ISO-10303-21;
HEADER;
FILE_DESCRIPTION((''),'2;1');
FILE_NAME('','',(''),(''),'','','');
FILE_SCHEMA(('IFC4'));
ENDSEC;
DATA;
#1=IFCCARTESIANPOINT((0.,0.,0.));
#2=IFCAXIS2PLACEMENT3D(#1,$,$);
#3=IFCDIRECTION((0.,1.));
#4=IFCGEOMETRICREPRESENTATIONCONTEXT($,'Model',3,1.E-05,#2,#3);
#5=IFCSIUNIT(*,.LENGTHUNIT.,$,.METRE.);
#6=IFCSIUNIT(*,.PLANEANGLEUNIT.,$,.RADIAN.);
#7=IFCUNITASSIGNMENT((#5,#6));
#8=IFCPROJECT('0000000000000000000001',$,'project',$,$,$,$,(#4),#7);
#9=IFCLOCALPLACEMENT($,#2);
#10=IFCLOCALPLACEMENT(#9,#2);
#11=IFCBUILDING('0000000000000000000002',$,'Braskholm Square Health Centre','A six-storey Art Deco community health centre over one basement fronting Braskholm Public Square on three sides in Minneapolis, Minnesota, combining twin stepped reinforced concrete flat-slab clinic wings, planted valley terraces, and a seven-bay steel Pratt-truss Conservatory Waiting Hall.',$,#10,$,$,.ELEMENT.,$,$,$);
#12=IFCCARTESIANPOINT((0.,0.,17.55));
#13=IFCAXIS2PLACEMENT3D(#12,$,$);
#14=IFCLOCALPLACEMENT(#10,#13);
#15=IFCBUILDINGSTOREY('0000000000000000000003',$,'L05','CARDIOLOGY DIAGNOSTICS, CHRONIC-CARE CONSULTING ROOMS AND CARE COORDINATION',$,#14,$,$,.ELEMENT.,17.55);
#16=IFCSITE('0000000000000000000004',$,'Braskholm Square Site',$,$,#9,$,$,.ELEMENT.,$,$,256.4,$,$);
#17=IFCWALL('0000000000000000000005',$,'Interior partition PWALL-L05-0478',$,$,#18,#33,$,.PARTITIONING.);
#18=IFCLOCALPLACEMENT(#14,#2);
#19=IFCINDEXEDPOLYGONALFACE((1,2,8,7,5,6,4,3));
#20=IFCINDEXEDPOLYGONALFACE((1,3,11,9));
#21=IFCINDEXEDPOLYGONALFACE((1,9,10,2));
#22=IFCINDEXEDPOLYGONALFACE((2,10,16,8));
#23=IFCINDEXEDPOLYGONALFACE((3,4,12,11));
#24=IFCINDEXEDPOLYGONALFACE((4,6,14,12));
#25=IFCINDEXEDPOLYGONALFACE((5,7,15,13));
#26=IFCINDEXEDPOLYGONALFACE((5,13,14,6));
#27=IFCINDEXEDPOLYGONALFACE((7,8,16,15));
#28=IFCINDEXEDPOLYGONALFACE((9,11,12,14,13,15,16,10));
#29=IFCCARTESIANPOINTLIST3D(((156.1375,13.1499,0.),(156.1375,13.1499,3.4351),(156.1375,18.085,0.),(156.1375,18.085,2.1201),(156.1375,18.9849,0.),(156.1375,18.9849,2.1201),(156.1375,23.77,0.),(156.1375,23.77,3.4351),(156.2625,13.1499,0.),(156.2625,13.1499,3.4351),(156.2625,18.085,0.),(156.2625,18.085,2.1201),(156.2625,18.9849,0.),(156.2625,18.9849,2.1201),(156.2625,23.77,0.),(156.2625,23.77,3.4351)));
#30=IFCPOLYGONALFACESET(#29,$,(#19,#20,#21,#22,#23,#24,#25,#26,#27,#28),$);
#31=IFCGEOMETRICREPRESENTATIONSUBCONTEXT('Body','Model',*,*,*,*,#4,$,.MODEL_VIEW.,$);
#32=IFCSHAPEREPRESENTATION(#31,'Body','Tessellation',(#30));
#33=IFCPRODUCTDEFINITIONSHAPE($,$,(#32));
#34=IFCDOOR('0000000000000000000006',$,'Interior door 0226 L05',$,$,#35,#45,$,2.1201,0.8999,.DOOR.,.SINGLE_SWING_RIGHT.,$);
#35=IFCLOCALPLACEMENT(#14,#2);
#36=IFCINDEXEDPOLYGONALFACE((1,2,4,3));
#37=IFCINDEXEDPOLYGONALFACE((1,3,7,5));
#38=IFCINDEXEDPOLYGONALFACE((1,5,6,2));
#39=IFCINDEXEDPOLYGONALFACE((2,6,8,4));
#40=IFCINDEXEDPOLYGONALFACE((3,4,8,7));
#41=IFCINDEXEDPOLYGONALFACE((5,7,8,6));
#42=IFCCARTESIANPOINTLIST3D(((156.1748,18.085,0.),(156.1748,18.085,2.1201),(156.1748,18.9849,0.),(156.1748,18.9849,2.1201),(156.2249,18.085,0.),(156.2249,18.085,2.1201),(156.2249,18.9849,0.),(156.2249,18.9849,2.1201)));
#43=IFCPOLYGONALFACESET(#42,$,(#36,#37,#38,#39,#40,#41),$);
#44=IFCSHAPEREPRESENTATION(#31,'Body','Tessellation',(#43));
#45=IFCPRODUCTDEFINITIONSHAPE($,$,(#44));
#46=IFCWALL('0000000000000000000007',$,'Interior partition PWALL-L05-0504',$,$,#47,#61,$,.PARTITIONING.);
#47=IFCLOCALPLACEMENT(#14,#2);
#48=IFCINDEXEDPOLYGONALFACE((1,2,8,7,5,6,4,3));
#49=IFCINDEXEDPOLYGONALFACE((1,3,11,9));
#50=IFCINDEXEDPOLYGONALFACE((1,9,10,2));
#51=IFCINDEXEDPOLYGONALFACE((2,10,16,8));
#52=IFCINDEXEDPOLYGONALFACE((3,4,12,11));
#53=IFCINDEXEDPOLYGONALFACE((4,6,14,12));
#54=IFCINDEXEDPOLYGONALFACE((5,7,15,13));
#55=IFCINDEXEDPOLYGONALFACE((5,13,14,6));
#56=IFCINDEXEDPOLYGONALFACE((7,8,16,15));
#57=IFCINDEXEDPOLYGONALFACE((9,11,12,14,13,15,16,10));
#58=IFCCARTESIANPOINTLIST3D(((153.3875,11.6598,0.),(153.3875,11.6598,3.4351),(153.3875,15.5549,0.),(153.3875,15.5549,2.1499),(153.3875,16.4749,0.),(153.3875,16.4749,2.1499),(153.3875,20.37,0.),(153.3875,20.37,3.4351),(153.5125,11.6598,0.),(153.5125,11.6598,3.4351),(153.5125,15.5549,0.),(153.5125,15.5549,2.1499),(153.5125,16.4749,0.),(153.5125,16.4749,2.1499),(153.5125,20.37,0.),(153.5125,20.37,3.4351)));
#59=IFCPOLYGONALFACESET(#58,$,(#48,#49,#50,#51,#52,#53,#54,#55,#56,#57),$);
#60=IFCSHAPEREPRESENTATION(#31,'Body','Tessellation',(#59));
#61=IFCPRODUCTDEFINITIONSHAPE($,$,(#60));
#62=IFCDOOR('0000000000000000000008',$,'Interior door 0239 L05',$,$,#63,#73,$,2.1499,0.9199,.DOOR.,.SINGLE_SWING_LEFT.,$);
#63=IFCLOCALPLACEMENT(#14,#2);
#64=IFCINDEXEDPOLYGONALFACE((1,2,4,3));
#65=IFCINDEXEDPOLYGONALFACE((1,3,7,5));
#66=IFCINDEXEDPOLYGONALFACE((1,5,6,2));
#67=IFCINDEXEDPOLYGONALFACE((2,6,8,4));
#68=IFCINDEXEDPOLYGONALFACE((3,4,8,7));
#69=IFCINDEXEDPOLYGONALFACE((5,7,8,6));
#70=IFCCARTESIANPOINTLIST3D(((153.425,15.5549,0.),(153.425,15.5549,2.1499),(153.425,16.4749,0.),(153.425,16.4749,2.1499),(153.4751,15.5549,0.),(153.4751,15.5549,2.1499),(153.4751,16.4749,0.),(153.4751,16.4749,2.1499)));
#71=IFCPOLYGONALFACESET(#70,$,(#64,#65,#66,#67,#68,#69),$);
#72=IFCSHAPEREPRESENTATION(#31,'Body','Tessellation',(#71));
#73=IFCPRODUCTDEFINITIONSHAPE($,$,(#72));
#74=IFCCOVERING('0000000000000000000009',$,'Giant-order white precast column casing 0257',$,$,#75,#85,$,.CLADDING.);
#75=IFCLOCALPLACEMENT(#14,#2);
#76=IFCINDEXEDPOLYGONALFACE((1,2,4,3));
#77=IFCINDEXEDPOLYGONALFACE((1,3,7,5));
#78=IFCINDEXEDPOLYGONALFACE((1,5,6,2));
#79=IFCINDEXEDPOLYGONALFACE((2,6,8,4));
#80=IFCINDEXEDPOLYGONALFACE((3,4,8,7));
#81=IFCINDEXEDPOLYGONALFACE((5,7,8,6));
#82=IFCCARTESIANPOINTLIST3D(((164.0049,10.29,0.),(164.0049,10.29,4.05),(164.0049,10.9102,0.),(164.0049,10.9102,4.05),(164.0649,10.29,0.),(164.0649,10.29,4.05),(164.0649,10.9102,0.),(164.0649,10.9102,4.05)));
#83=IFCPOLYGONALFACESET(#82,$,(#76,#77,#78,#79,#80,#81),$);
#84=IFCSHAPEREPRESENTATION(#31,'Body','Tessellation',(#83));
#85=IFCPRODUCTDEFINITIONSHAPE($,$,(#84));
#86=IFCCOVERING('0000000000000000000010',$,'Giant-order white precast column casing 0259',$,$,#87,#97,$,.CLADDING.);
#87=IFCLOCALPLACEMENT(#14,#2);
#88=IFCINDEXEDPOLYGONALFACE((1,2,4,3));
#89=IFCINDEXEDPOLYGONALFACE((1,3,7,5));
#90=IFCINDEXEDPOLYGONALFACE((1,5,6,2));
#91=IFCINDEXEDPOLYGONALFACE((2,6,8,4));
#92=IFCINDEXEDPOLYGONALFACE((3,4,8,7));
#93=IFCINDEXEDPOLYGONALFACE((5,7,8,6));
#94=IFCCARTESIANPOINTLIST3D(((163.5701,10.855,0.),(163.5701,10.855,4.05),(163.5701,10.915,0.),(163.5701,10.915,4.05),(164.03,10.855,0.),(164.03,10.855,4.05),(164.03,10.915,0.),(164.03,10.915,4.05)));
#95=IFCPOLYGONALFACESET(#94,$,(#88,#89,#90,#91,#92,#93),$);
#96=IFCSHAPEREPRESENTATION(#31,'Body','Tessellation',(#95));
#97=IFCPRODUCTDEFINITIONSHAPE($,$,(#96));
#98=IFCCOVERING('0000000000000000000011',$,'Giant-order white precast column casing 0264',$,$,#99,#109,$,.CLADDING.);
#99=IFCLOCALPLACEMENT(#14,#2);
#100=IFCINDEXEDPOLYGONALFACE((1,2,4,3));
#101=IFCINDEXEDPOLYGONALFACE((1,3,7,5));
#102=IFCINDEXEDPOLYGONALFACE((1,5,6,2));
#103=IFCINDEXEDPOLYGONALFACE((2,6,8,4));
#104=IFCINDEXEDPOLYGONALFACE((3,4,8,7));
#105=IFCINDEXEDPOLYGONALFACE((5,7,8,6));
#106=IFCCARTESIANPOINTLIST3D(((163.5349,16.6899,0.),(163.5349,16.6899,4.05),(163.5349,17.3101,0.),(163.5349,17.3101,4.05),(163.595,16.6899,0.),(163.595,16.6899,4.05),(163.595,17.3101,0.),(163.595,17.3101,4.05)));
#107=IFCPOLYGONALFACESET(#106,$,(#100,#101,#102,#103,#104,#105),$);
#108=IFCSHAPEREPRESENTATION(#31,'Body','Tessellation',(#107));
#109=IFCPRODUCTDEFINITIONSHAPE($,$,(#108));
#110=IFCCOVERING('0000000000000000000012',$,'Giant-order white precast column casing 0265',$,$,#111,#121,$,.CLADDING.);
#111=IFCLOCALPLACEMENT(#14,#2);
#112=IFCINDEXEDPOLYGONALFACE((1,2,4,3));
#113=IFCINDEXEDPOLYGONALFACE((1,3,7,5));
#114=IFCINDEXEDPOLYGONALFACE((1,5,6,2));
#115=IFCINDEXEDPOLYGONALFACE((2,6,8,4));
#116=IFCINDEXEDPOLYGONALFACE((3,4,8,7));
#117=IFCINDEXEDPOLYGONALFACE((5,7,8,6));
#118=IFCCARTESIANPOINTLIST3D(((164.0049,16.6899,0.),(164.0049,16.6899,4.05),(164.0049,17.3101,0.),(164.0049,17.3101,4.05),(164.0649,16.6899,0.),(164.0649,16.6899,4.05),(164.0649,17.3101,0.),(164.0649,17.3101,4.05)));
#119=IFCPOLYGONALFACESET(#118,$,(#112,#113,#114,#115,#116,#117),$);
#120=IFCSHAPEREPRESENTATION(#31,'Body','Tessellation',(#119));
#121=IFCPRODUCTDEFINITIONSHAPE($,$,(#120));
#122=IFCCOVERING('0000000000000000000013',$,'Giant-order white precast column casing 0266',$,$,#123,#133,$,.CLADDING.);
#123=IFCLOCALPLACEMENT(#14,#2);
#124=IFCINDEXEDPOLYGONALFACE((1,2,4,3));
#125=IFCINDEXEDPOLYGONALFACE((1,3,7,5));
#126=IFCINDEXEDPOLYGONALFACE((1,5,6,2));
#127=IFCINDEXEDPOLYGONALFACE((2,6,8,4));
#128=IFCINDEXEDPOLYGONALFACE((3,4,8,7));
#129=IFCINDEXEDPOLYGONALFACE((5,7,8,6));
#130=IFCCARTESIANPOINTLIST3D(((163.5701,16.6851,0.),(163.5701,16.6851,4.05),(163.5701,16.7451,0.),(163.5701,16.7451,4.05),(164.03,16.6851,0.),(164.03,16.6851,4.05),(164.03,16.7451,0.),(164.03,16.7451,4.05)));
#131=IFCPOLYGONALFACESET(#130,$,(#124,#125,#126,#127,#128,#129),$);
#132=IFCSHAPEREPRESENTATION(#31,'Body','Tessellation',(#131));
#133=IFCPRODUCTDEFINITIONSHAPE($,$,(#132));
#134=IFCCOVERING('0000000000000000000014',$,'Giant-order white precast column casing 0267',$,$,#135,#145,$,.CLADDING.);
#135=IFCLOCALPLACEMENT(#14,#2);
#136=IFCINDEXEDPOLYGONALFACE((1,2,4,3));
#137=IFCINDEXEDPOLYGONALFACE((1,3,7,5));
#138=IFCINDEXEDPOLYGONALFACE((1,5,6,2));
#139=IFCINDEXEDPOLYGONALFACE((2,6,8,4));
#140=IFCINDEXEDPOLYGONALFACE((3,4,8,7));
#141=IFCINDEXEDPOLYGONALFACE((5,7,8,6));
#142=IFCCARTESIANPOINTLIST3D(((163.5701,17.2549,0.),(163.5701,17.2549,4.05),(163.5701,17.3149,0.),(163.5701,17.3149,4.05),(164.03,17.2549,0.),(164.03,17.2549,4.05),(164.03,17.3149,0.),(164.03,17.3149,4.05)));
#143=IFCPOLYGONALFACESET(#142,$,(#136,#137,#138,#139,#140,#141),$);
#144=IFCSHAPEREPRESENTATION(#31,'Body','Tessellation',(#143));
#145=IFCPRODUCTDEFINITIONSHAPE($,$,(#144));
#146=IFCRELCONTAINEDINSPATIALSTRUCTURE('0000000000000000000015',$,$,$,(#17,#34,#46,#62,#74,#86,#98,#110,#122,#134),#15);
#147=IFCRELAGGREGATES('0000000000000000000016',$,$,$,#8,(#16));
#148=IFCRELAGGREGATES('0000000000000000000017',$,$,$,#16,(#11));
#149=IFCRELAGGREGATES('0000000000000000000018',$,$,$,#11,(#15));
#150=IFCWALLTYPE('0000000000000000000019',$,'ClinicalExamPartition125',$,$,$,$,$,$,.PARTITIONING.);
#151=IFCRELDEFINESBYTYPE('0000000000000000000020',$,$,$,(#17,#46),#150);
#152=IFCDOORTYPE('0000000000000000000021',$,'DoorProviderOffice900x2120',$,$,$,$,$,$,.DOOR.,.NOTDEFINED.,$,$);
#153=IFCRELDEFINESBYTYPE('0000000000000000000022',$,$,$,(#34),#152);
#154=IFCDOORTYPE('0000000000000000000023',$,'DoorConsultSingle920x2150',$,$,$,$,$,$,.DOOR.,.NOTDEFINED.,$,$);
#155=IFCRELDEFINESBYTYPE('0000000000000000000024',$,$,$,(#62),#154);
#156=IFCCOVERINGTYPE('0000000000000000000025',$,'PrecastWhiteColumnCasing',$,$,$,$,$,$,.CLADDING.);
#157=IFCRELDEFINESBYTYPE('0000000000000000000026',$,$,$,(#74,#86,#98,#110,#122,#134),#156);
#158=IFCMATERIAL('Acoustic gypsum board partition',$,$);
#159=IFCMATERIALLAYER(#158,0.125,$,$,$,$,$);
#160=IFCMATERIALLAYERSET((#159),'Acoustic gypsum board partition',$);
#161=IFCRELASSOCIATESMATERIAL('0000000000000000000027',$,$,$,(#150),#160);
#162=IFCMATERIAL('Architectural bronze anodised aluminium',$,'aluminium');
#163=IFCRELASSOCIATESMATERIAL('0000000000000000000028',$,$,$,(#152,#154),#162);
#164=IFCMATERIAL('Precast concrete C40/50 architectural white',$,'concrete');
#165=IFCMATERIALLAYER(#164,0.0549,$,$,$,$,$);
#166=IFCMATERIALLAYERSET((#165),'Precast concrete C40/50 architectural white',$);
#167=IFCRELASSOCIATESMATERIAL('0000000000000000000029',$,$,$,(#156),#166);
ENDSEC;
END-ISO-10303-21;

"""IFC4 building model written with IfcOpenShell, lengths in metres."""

from ifc_helpers import new_model, si_unit, direction, frame, frame_2d, origin, origin_with_axes, origin_2d, place, context, subcontext, project, spatial, rectangle, extrude, material, layer, layer_set, type_object, element, fill, save


model = new_model("IFC4")

# Units and contexts
model_context = context("Model", 3, precision=1e-05, world=origin(), true_north=direction((0.0, 1.0)))
body_context = subcontext(model_context, "Body", "Model", "MODEL_VIEW")
ifc_project = project(units=[si_unit("LENGTHUNIT", "METRE"), si_unit("PLANEANGLEUNIT", "RADIAN")], contexts=[model_context])

# Site, building, storey
site_placement = place(None, origin())
site = spatial("IfcSite", under=ifc_project, at=site_placement, Name="Braskholm Square Site", CompositionType="ELEMENT", RefElevation=256.4)
building_placement = place(site_placement, origin())
building = spatial("IfcBuilding", under=site, at=building_placement, Name="Braskholm Square Health Centre", Description="A six-storey Art Deco community health centre over one basement fronting Braskholm Public Square on three sides in Minneapolis, Minnesota, combining twin stepped reinforced concrete flat-slab clinic wings, planted valley terraces, and a seven-bay steel Pratt-truss Conservatory Waiting Hall.", CompositionType="ELEMENT")
storey_placement = place(building_placement, frame((0.0, 0.0, 17.55)))
storey = spatial("IfcBuildingStorey", under=building, at=storey_placement, Name="L05", Description="CARDIOLOGY DIAGNOSTICS, CHRONIC-CARE CONSULTING ROOMS AND CARE COORDINATION", CompositionType="ELEMENT", Elevation=17.55)

# Shared definitions
ifc_material_1 = material(Name="Precast concrete C40/50 architectural white", Category="concrete")

# Shared definitions
ifc_material_2 = material(Name="Architectural bronze anodised aluminium", Category="aluminium")

# Shared definitions
ifc_material_3 = material(Name="Acoustic gypsum board partition")
ifc_layer_1 = layer(ifc_material_3, 0.125)
ifc_layer_set_1 = layer_set([ifc_layer_1], Name="Acoustic gypsum board partition")
wall_type = type_object("IfcWallType", Name="ClinicalExamPartition125", PredefinedType="PARTITIONING", material=ifc_layer_set_1)

# Walls, openings, doors
wall_1_placement = place(storey_placement, frame((156.2, 13.1499, 0.0), z_axis=(0.0, 0.0, 1.0), x_axis=(0.0, 1.0, 0.0)))
wall_1 = element("IfcWall", 1, at=wall_1_placement, inside=storey, type_object=wall_type, Name="Interior partition PWALL-L05-0478", PredefinedType="PARTITIONING", context=body_context, shape_type="SweptSolid", body=[
    extrude(rectangle(XDim=10.6201, YDim=0.125, at=frame_2d((5.3101, 0.0))), origin(), (0.0, 0.0, 1.0), 3.4351),
])
opening_1_placement = place(wall_1_placement, frame((4.9351, 0.0, 0.0)))
opening_1 = element("IfcOpeningElement", 2, at=opening_1_placement, cuts=wall_1, PredefinedType="OPENING", context=body_context, shape_type="SweptSolid", body=[
    extrude(rectangle(XDim=0.8999, YDim=2.1201, at=frame_2d((0.45, 1.0601))), frame((0.0, 0.0725, 0.0), z_axis=(0.0, -1.0, 0.0), x_axis=(1.0, 0.0, 0.0)), (0.0, 0.0, 1.0), 0.145),
])
door_type_1 = type_object("IfcDoorType", Name="DoorProviderOffice900x2120", OperationType="NOTDEFINED", PredefinedType="DOOR", material=ifc_material_2)
door_1_placement = place(opening_1_placement, frame((0.8999, 0.0, 0.0), z_axis=(0.0, 0.0, 1.0), x_axis=(-1.0, 0.0, 0.0)))
door_1 = element("IfcDoor", 3, at=door_1_placement, inside=storey, type_object=door_type_1, Name="Interior door 0226 L05", OperationType="SINGLE_SWING_RIGHT", OverallHeight=2.1201, OverallWidth=0.8999, PredefinedType="DOOR", context=body_context, shape_type="SweptSolid", body=[
    extrude(rectangle(XDim=0.8999, YDim=2.1201, at=frame_2d((0.45, 1.0601))), frame((0.0, 0.0249, 0.0), z_axis=(0.0, -1.0, 0.0), x_axis=(1.0, 0.0, 0.0)), (0.0, 0.0, 1.0), 0.05),
])
fill(opening_1, door_1)
wall_2_placement = place(storey_placement, frame((153.45, 11.6599, 0.0), z_axis=(0.0, 0.0, 1.0), x_axis=(0.0, 1.0, 0.0)))
wall_2 = element("IfcWall", 4, at=wall_2_placement, inside=storey, type_object=wall_type, Name="Interior partition PWALL-L05-0504", PredefinedType="PARTITIONING", context=body_context, shape_type="SweptSolid", body=[
    extrude(rectangle(XDim=8.7102, YDim=0.125, at=frame_2d((4.355, 0.0))), origin(), (0.0, 0.0, 1.0), 3.4351),
])
opening_2_placement = place(wall_2_placement, frame((3.895, 0.0, 0.0)))
opening_2 = element("IfcOpeningElement", 5, at=opening_2_placement, cuts=wall_2, PredefinedType="OPENING", context=body_context, shape_type="SweptSolid", body=[
    extrude(rectangle(XDim=0.9199, YDim=2.1499, at=frame_2d((0.46, 1.075))), frame((0.0, 0.0725, 0.0), z_axis=(0.0, -1.0, 0.0), x_axis=(1.0, 0.0, 0.0)), (0.0, 0.0, 1.0), 0.145),
])
door_type_2 = type_object("IfcDoorType", Name="DoorConsultSingle920x2150", OperationType="NOTDEFINED", PredefinedType="DOOR", material=ifc_material_2)
door_2_placement = place(opening_2_placement, origin_with_axes())
door_2 = element("IfcDoor", 6, at=door_2_placement, inside=storey, type_object=door_type_2, Name="Interior door 0239 L05", OperationType="SINGLE_SWING_LEFT", OverallHeight=2.1499, OverallWidth=0.9199, PredefinedType="DOOR", context=body_context, shape_type="SweptSolid", body=[
    extrude(rectangle(XDim=0.9199, YDim=2.1499, at=frame_2d((0.46, 1.075))), frame((0.0, 0.0249, 0.0), z_axis=(0.0, -1.0, 0.0), x_axis=(1.0, 0.0, 0.0)), (0.0, 0.0, 1.0), 0.05),
])
fill(opening_2, door_2)

# Coverings
ifc_layer_2 = layer(ifc_material_1, 0.0549)
ifc_layer_set_2 = layer_set([ifc_layer_2], Name="Precast concrete C40/50 architectural white")
covering_type = type_object("IfcCoveringType", Name="PrecastWhiteColumnCasing", PredefinedType="CLADDING", material=ifc_layer_set_2)
covering_1_placement = place(storey_placement, frame((164.0349, 10.6001, 0.0), z_axis=(0.0, 0.0, 1.0), x_axis=(1.0, 0.0, 0.0)))
element("IfcCovering", 7, at=covering_1_placement, inside=storey, type_object=covering_type, Name="Giant-order white precast column casing 0257", PredefinedType="CLADDING", context=body_context, shape_type="SweptSolid", body=[
    extrude(rectangle(XDim=0.0601, YDim=0.6201, at=origin_2d()), origin(), (0.0, 0.0, 1.0), 4.05),
])
covering_2_placement = place(storey_placement, frame((163.8, 10.885, 0.0), z_axis=(0.0, 0.0, 1.0), x_axis=(1.0, 0.0, 0.0)))
element("IfcCovering", 8, at=covering_2_placement, inside=storey, type_object=covering_type, Name="Giant-order white precast column casing 0259", PredefinedType="CLADDING", context=body_context, shape_type="SweptSolid", body=[
    extrude(rectangle(XDim=0.46, YDim=0.0601, at=origin_2d()), origin(), (0.0, 0.0, 1.0), 4.05),
])
for number, where, z_axis, x_axis, name in (
    (9, (163.5649, 17.0, 0.0), (0.0, 0.0, 1.0), (1.0, 0.0, 0.0), "Giant-order white precast column casing 0264"),
    (10, (164.0349, 17.0, 0.0), (0.0, 0.0, 1.0), (1.0, 0.0, 0.0), "Giant-order white precast column casing 0265"),
):
    element("IfcCovering", number, at=place(storey_placement, frame(where, z_axis=z_axis, x_axis=x_axis)), inside=storey, type_object=covering_type, Name=name, PredefinedType="CLADDING", context=body_context, shape_type="SweptSolid", body=[
        extrude(rectangle(XDim=0.0601, YDim=0.6201, at=origin_2d()), origin(), (0.0, 0.0, 1.0), 4.05),
    ])
for number, where, z_axis, x_axis, name in (
    (11, (163.8, 16.7151, 0.0), (0.0, 0.0, 1.0), (1.0, 0.0, 0.0), "Giant-order white precast column casing 0266"),
    (12, (163.8, 17.2849, 0.0), (0.0, 0.0, 1.0), (1.0, 0.0, 0.0), "Giant-order white precast column casing 0267"),
):
    element("IfcCovering", number, at=place(storey_placement, frame(where, z_axis=z_axis, x_axis=x_axis)), inside=storey, type_object=covering_type, Name=name, PredefinedType="CLADDING", context=body_context, shape_type="SweptSolid", body=[
        extrude(rectangle(XDim=0.46, YDim=0.0601, at=origin_2d()), origin(), (0.0, 0.0, 1.0), 4.05),
    ])

save(model, "model.ifc")
